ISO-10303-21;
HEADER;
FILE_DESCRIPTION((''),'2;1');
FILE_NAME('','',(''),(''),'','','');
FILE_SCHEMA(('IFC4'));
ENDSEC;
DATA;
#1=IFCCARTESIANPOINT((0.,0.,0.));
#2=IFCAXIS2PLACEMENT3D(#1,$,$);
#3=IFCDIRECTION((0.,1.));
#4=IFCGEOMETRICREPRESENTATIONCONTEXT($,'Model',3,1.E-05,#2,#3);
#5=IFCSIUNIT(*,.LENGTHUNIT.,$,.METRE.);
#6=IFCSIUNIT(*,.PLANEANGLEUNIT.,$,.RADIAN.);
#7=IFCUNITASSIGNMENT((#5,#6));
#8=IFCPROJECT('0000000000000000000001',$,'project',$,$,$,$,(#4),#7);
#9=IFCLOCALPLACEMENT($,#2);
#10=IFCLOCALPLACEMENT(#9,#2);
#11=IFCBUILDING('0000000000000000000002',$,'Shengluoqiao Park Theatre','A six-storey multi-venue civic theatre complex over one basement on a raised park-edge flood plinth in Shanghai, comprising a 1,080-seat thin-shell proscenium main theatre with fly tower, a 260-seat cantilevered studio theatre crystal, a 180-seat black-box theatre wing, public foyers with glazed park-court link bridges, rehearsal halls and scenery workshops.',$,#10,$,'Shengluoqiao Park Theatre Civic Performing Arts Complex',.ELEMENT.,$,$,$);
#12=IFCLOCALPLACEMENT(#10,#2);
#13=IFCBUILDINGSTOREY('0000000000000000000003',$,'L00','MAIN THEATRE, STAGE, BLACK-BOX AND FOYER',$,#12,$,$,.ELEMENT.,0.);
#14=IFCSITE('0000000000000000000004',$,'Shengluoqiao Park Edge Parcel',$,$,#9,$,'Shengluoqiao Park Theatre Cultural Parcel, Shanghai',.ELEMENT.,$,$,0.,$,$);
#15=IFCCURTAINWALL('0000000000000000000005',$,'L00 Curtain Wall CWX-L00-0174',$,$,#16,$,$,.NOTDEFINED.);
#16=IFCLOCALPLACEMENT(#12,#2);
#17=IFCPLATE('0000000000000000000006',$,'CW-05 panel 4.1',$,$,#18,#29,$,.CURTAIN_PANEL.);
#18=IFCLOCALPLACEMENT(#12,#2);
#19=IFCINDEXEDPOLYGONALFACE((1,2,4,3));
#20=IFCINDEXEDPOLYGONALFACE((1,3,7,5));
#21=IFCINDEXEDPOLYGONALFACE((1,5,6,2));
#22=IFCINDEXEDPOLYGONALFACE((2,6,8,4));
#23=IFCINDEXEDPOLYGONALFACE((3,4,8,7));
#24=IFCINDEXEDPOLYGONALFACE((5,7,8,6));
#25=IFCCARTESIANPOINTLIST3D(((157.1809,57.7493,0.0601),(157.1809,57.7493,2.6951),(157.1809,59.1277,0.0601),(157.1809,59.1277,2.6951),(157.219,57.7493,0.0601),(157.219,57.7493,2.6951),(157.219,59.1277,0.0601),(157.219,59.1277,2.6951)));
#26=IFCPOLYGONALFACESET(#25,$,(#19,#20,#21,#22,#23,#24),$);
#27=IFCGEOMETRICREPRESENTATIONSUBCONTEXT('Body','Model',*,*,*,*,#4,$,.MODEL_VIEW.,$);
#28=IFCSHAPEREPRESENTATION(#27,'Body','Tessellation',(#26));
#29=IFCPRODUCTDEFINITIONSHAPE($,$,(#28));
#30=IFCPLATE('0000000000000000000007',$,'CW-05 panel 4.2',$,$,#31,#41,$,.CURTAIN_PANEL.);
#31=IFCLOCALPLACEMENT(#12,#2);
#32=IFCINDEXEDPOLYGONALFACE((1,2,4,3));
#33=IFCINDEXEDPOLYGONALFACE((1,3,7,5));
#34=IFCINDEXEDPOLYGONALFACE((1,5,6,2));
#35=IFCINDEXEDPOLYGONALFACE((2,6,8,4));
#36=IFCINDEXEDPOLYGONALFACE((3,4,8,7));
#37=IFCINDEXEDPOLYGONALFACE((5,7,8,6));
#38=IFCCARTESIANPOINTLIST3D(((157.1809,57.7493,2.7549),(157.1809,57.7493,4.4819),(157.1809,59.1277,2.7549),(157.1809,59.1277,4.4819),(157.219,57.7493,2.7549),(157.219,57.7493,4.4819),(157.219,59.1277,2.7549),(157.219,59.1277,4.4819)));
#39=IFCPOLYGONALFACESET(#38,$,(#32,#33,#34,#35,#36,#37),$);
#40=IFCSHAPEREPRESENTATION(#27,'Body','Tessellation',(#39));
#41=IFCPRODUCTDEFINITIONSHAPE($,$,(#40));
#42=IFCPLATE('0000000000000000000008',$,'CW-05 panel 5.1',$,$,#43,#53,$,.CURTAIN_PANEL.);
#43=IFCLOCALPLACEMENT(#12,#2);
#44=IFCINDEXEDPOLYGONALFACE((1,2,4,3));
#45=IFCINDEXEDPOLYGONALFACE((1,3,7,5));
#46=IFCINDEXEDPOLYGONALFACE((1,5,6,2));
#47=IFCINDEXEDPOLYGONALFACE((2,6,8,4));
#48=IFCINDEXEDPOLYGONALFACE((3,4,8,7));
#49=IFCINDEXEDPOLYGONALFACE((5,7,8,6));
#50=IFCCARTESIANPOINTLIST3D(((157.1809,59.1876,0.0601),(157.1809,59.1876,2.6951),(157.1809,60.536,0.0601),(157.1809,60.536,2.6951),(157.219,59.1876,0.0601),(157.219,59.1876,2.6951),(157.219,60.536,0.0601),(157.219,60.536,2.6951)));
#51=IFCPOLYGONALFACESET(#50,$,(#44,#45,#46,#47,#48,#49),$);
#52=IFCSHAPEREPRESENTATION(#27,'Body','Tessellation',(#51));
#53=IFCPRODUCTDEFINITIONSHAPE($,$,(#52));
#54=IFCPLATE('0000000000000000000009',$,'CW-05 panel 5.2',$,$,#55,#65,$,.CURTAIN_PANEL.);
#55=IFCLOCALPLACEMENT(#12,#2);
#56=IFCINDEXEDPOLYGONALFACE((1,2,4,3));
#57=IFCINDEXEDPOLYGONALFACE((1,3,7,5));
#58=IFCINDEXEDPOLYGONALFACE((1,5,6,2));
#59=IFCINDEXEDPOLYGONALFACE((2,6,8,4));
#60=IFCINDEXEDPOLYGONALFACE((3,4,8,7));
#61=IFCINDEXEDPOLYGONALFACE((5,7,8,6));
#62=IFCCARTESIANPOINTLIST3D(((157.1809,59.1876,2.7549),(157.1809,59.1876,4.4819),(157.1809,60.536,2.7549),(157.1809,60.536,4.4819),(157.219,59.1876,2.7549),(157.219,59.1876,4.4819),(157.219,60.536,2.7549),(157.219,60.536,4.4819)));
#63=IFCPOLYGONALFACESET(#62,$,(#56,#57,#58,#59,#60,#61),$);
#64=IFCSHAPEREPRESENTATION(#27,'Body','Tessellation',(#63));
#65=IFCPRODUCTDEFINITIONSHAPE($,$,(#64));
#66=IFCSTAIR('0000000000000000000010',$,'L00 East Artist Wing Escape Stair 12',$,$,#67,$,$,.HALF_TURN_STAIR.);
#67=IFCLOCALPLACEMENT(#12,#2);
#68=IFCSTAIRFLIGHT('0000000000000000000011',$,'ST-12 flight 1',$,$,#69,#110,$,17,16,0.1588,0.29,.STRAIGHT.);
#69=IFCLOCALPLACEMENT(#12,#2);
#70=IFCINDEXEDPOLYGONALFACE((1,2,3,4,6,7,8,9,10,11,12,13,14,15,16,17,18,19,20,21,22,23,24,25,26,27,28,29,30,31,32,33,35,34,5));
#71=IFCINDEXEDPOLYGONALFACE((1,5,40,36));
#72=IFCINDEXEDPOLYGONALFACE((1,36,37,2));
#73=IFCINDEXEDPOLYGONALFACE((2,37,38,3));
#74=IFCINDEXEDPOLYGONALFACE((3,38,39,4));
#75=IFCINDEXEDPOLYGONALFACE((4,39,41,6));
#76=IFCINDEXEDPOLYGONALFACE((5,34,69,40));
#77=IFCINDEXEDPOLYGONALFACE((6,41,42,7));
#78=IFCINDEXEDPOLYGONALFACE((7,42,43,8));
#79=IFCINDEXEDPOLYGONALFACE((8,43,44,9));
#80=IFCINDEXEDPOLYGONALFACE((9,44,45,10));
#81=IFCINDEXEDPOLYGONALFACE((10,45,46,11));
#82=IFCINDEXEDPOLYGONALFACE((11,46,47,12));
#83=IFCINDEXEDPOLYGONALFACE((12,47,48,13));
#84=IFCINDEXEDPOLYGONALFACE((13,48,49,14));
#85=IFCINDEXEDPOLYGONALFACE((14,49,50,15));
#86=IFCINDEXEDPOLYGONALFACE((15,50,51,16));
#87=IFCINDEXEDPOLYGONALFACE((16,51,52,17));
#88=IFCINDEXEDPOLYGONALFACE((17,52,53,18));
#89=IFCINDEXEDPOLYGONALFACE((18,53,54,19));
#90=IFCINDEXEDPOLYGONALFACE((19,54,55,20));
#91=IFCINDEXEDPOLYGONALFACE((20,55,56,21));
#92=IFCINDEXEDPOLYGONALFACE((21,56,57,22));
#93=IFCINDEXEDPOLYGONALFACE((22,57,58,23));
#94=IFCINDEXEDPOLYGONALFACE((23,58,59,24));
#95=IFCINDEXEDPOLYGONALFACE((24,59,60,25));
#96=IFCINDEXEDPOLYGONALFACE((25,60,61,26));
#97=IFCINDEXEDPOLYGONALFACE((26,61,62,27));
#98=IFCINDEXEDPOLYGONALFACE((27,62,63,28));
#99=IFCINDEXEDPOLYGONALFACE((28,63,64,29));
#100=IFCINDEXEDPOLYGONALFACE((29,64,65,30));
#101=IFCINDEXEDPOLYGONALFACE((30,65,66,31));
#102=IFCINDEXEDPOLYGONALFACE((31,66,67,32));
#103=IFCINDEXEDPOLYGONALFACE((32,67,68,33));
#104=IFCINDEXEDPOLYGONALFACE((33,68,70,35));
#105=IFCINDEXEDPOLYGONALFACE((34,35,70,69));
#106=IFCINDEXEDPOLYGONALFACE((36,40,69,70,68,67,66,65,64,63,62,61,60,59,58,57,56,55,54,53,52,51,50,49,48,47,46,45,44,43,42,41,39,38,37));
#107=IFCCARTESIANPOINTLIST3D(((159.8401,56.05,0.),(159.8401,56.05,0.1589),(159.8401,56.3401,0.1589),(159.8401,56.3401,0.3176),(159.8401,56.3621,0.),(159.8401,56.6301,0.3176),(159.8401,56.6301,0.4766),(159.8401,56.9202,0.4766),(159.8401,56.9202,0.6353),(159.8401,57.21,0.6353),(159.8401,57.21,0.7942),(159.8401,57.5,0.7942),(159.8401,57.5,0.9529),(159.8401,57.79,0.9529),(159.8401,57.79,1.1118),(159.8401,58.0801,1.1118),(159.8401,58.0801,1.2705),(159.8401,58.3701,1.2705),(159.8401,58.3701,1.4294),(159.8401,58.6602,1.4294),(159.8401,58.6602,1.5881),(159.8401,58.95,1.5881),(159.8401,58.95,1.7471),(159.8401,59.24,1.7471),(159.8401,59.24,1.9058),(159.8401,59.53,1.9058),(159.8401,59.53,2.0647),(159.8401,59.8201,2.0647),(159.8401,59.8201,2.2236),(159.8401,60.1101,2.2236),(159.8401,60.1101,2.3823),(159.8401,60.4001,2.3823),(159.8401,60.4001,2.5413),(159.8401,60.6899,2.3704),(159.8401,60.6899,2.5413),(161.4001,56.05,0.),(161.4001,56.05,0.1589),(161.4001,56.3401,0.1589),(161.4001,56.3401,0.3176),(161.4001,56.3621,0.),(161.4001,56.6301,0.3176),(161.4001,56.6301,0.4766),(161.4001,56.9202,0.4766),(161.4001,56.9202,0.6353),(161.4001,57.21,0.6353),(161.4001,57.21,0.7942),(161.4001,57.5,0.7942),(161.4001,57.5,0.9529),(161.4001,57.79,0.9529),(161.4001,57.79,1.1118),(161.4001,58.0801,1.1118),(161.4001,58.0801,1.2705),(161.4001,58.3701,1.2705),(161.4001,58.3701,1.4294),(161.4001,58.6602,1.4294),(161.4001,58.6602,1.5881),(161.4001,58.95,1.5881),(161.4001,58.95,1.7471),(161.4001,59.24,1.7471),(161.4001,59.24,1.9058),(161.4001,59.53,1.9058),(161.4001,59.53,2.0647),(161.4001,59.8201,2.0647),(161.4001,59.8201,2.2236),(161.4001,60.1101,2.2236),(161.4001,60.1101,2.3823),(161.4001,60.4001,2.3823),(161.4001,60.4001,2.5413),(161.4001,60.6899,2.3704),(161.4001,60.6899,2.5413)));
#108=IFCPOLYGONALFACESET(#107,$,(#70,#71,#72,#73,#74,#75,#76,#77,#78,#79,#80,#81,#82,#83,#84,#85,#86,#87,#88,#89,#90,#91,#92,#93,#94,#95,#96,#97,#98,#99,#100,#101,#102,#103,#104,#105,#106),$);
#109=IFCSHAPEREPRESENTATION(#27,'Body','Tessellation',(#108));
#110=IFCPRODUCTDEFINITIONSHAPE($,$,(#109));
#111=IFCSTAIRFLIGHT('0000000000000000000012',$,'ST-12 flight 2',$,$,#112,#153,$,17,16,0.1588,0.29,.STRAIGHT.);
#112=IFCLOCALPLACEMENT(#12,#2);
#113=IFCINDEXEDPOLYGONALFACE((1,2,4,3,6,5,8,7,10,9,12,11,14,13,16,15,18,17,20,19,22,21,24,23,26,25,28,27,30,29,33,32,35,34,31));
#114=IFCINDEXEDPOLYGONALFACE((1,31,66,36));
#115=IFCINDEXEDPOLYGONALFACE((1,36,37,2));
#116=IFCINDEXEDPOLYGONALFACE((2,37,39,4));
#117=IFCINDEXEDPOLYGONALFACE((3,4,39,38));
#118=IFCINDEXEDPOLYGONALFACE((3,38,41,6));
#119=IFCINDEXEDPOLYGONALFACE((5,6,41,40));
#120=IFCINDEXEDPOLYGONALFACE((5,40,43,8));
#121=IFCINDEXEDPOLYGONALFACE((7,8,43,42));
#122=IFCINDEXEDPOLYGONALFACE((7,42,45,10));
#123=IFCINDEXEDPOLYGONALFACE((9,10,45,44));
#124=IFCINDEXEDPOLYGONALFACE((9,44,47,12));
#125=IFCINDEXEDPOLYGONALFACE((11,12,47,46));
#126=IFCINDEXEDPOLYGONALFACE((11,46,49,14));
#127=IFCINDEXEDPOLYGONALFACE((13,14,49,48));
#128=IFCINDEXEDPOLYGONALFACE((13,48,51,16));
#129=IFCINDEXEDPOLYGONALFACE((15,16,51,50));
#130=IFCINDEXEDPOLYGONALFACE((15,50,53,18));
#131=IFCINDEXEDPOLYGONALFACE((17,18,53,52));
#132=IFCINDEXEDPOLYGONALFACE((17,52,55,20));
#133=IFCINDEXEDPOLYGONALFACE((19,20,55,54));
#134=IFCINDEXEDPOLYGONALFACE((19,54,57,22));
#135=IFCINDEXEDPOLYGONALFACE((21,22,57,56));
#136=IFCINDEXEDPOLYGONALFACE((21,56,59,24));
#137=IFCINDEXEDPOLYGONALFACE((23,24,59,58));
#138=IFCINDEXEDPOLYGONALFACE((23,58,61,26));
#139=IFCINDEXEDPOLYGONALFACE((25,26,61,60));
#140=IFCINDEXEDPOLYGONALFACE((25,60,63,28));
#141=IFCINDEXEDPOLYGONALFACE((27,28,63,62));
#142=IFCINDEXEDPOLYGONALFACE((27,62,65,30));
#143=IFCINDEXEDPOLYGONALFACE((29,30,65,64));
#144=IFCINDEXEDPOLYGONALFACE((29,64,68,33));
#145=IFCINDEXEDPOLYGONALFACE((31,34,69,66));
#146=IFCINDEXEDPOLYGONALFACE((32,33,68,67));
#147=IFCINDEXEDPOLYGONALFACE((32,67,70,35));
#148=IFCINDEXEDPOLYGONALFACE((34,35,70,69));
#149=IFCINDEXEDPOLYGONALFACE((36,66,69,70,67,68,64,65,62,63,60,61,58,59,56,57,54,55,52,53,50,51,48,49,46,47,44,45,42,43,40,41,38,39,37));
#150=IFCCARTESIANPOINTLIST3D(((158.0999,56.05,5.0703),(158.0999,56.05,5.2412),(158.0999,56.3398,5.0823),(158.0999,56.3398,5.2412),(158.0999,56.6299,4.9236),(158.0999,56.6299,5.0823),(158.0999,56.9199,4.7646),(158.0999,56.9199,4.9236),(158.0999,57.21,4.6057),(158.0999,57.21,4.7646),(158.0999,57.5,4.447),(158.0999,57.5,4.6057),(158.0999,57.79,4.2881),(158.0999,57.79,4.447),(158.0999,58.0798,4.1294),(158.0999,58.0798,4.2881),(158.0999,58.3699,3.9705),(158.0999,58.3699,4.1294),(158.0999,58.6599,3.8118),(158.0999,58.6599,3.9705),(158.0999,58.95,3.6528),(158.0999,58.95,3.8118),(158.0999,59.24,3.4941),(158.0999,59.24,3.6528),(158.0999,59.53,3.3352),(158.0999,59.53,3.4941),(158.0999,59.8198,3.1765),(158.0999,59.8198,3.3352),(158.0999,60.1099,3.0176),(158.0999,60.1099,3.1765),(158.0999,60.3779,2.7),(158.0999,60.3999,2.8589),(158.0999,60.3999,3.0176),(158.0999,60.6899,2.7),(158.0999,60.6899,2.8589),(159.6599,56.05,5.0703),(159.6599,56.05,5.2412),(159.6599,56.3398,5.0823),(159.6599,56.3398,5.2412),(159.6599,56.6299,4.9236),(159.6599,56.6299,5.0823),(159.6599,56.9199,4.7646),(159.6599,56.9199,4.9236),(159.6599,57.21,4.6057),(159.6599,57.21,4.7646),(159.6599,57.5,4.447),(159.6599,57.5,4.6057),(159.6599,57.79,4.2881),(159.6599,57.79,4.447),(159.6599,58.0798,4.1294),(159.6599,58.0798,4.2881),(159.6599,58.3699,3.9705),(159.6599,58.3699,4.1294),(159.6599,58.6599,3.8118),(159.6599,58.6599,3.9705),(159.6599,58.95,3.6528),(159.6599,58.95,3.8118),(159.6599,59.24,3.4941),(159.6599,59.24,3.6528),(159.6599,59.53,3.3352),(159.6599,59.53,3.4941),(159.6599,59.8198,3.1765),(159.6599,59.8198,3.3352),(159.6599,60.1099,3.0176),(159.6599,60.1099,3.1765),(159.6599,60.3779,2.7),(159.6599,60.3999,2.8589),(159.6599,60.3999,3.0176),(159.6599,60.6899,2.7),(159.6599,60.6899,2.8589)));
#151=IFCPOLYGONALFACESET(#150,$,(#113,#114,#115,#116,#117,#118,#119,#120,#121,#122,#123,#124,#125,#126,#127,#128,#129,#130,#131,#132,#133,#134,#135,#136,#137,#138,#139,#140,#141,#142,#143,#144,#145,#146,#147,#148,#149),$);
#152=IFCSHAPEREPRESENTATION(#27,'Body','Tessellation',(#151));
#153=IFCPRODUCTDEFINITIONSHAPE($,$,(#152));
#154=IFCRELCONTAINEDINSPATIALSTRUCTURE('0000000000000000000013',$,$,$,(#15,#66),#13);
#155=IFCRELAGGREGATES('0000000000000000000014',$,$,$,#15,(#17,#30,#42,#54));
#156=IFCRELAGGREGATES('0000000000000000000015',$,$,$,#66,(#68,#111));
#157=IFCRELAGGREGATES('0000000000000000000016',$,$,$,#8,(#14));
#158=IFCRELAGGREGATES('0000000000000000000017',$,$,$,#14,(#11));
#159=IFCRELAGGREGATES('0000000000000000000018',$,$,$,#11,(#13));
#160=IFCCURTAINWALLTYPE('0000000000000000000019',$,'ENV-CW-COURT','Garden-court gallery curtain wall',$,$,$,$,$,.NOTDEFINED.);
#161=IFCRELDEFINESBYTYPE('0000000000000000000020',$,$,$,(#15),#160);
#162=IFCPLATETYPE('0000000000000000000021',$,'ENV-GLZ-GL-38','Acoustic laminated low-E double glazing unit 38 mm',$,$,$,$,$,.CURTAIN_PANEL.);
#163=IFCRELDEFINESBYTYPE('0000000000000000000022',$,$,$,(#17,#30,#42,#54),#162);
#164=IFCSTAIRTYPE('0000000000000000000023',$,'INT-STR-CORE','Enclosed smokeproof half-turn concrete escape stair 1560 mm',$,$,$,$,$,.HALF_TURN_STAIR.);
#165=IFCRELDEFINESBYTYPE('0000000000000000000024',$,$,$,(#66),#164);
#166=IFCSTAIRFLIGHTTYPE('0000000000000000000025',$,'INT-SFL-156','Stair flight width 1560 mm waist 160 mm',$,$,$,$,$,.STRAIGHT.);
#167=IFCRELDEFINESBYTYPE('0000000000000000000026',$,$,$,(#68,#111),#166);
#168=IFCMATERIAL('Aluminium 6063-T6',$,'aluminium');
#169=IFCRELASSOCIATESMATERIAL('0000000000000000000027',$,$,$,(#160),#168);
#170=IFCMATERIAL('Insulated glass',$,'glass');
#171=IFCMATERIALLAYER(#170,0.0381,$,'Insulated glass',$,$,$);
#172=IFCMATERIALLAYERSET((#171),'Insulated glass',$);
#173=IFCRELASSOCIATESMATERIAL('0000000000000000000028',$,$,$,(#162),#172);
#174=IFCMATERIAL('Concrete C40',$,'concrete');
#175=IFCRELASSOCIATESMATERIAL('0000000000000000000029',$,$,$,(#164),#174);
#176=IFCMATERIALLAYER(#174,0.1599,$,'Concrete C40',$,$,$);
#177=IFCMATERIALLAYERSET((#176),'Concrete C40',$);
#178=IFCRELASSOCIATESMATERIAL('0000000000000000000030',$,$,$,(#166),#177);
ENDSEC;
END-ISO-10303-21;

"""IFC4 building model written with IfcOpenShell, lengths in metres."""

from ifc_helpers import new_model, si_unit, direction, frame, origin, origin_2d, place, context, subcontext, project, spatial, polyline, rectangle, outline, extrude, material, layer, layer_set, type_object, element, aggregate, save


model = new_model("IFC4")

# Units and contexts
model_context = context("Model", 3, precision=1e-05, world=origin(), true_north=direction((0.0, 1.0)))
body_context = subcontext(model_context, "Body", "Model", "MODEL_VIEW")
ifc_project = project(units=[si_unit("LENGTHUNIT", "METRE"), si_unit("PLANEANGLEUNIT", "RADIAN")], contexts=[model_context])

# Site, building, storey
site_placement = place(None, origin())
site = spatial("IfcSite", under=ifc_project, at=site_placement, Name="Shengluoqiao Park Edge Parcel", LongName="Shengluoqiao Park Theatre Cultural Parcel, Shanghai", CompositionType="ELEMENT", RefElevation=0.0)
building_placement = place(site_placement, origin())
building = spatial("IfcBuilding", under=site, at=building_placement, Name="Shengluoqiao Park Theatre", Description="A six-storey multi-venue civic theatre complex over one basement on a raised park-edge flood plinth in Shanghai, comprising a 1,080-seat thin-shell proscenium main theatre with fly tower, a 260-seat cantilevered studio theatre crystal, a 180-seat black-box theatre wing, public foyers with glazed park-court link bridges, rehearsal halls and scenery workshops.", LongName="Shengluoqiao Park Theatre Civic Performing Arts Complex", CompositionType="ELEMENT")
storey_placement = place(building_placement, origin())
storey = spatial("IfcBuildingStorey", under=building, at=storey_placement, Name="L00", Description="MAIN THEATRE, STAGE, BLACK-BOX AND FOYER", CompositionType="ELEMENT", Elevation=0.0)

# Shared definitions
ifc_material_1 = material(Name="Concrete C40", Category="concrete")

# Curtain wall, plates
ifc_material_2 = material(Name="Aluminium 6063-T6", Category="aluminium")
curtain_wall_type = type_object("IfcCurtainWallType", Name="ENV-CW-COURT", Description="Garden-court gallery curtain wall", PredefinedType="NOTDEFINED", material=ifc_material_2)
curtain_wall_placement = place(storey_placement, origin())
curtain_wall = element("IfcCurtainWall", 1, at=curtain_wall_placement, inside=storey, type_object=curtain_wall_type, Name="L00 Curtain Wall CWX-L00-0174", PredefinedType="NOTDEFINED")
ifc_material_3 = material(Name="Insulated glass", Category="glass")
ifc_layer_1 = layer(ifc_material_3, 0.0381, Name="Insulated glass")
ifc_layer_set_1 = layer_set([ifc_layer_1], Name="Insulated glass")
plate_type = type_object("IfcPlateType", Name="ENV-GLZ-GL-38", Description="Acoustic laminated low-E double glazing unit 38 mm", PredefinedType="CURTAIN_PANEL", material=ifc_layer_set_1)
plate_1_placement = place(storey_placement, frame((157.2, 58.4385, 0.0601), z_axis=(0.0, 0.0, 1.0), x_axis=(0.0, 1.0, 0.0)))
plate_1 = element("IfcPlate", 2, at=plate_1_placement, type_object=plate_type, Name="CW-05 panel 4.1", PredefinedType="CURTAIN_PANEL", context=body_context, shape_type="SweptSolid", body=[
    extrude(rectangle(XDim=1.3784, YDim=0.0381, at=origin_2d()), origin(), (0.0, 0.0, 1.0), 2.635),
])
plate_2_placement = place(storey_placement, frame((157.2, 58.4385, 2.7549), z_axis=(0.0, 0.0, 1.0), x_axis=(0.0, 1.0, 0.0)))
plate_2 = element("IfcPlate", 3, at=plate_2_placement, type_object=plate_type, Name="CW-05 panel 4.2", PredefinedType="CURTAIN_PANEL", context=body_context, shape_type="SweptSolid", body=[
    extrude(rectangle(XDim=1.3784, YDim=0.0381, at=origin_2d()), origin(), (0.0, 0.0, 1.0), 1.7271),
])
plate_3_placement = place(storey_placement, frame((157.2, 59.8618, 0.0601), z_axis=(0.0, 0.0, 1.0), x_axis=(0.0, 1.0, 0.0)))
plate_3 = element("IfcPlate", 4, at=plate_3_placement, type_object=plate_type, Name="CW-05 panel 5.1", PredefinedType="CURTAIN_PANEL", context=body_context, shape_type="SweptSolid", body=[
    extrude(rectangle(XDim=1.3484, YDim=0.0381, at=origin_2d()), origin(), (0.0, 0.0, 1.0), 2.635),
])
plate_4_placement = place(storey_placement, frame((157.2, 59.8618, 2.7549), z_axis=(0.0, 0.0, 1.0), x_axis=(0.0, 1.0, 0.0)))
plate_4 = element("IfcPlate", 5, at=plate_4_placement, type_object=plate_type, Name="CW-05 panel 5.2", PredefinedType="CURTAIN_PANEL", context=body_context, shape_type="SweptSolid", body=[
    extrude(rectangle(XDim=1.3484, YDim=0.0381, at=origin_2d()), origin(), (0.0, 0.0, 1.0), 1.7271),
])
aggregate(curtain_wall, [plate_1, plate_2, plate_3, plate_4])

# Stair, stair flights
stair_type = type_object("IfcStairType", Name="INT-STR-CORE", Description="Enclosed smokeproof half-turn concrete escape stair 1560 mm", PredefinedType="HALF_TURN_STAIR", material=ifc_material_1)
stair_placement = place(storey_placement, origin())
stair = element("IfcStair", 6, at=stair_placement, inside=storey, type_object=stair_type, Name="L00 East Artist Wing Escape Stair 12", PredefinedType="HALF_TURN_STAIR")
ifc_layer_2 = layer(ifc_material_1, 0.1599, Name="Concrete C40")
ifc_layer_set_2 = layer_set([ifc_layer_2], Name="Concrete C40")
stair_flight_type = type_object("IfcStairFlightType", Name="INT-SFL-156", Description="Stair flight width 1560 mm waist 160 mm", PredefinedType="STRAIGHT", material=ifc_layer_set_2)
stair_flight_1_placement = place(storey_placement, frame((160.6201, 56.05, 0.0), z_axis=(0.0, 0.0, 1.0), x_axis=(0.0, 1.0, 0.0)))
stair_flight_1 = element("IfcStairFlight", 7, at=stair_flight_1_placement, type_object=stair_flight_type, Name="ST-12 flight 1", NumberOfRisers=17, NumberOfTreads=16, PredefinedType="STRAIGHT", RiserHeight=0.1588, TreadLength=0.29, context=body_context, shape_type="SweptSolid", body=[
    extrude(outline(polyline([(0.0, 0.0), (0.0, 0.1589), (0.29, 0.1589), (0.29, 0.3176), (0.5801, 0.3176), (0.5801, 0.4766), (0.8701, 0.4766), (0.8701, 0.6353), (1.1599, 0.6353), (1.1599, 0.7942), (1.45, 0.7942), (1.45, 0.9529), (1.74, 0.9529), (1.74, 1.1118), (2.03, 1.1118), (2.03, 1.2705), (2.3201, 1.2705), (2.3201, 1.4294), (2.6101, 1.4294), (2.6101, 1.5881), (2.8999, 1.5881), (2.8999, 1.7471), (3.1899, 1.7471), (3.1899, 1.9058), (3.48, 1.9058), (3.48, 2.0647), (3.77, 2.0647), (3.77, 2.2236), (4.0601, 2.2236), (4.0601, 2.3823), (4.3501, 2.3823), (4.3501, 2.5413), (4.6399, 2.5413), (4.6399, 2.7), (4.6399, 2.3704), (0.312, 0.0), (0.0, 0.0)])), frame((0.0, 0.78, 0.0), z_axis=(0.0, -1.0, 0.0), x_axis=(1.0, 0.0, 0.0)), (0.0, 0.0, 1.0), 1.5601),
])
stair_flight_2_placement = place(storey_placement, frame((158.8799, 60.6899, 2.7), z_axis=(0.0, 0.0, 1.0), x_axis=(0.0, -1.0, 0.0)))
stair_flight_2 = element("IfcStairFlight", 8, at=stair_flight_2_placement, type_object=stair_flight_type, Name="ST-12 flight 2", NumberOfRisers=17, NumberOfTreads=16, PredefinedType="STRAIGHT", RiserHeight=0.1588, TreadLength=0.29, context=body_context, shape_type="SweptSolid", body=[
    extrude(outline(polyline([(0.0, 0.0), (0.0, 0.1589), (0.29, 0.1589), (0.29, 0.3176), (0.5801, 0.3176), (0.5801, 0.4766), (0.8701, 0.4766), (0.8701, 0.6353), (1.1599, 0.6353), (1.1599, 0.7942), (1.45, 0.7942), (1.45, 0.9529), (1.74, 0.9529), (1.74, 1.1118), (2.03, 1.1118), (2.03, 1.2705), (2.3201, 1.2705), (2.3201, 1.4294), (2.6101, 1.4294), (2.6101, 1.5881), (2.8999, 1.5881), (2.8999, 1.7471), (3.1899, 1.7471), (3.1899, 1.9058), (3.48, 1.9058), (3.48, 2.0647), (3.77, 2.0647), (3.77, 2.2236), (4.0601, 2.2236), (4.0601, 2.3823), (4.3501, 2.3823), (4.3501, 2.5413), (4.6399, 2.5413), (4.6399, 2.7), (4.6399, 2.3704), (0.312, 0.0), (0.0, 0.0)])), frame((0.0, 0.78, 0.0), z_axis=(0.0, -1.0, 0.0), x_axis=(1.0, 0.0, 0.0)), (0.0, 0.0, 1.0), 1.5601),
])
aggregate(stair, [stair_flight_1, stair_flight_2])

save(model, "model.ifc")
